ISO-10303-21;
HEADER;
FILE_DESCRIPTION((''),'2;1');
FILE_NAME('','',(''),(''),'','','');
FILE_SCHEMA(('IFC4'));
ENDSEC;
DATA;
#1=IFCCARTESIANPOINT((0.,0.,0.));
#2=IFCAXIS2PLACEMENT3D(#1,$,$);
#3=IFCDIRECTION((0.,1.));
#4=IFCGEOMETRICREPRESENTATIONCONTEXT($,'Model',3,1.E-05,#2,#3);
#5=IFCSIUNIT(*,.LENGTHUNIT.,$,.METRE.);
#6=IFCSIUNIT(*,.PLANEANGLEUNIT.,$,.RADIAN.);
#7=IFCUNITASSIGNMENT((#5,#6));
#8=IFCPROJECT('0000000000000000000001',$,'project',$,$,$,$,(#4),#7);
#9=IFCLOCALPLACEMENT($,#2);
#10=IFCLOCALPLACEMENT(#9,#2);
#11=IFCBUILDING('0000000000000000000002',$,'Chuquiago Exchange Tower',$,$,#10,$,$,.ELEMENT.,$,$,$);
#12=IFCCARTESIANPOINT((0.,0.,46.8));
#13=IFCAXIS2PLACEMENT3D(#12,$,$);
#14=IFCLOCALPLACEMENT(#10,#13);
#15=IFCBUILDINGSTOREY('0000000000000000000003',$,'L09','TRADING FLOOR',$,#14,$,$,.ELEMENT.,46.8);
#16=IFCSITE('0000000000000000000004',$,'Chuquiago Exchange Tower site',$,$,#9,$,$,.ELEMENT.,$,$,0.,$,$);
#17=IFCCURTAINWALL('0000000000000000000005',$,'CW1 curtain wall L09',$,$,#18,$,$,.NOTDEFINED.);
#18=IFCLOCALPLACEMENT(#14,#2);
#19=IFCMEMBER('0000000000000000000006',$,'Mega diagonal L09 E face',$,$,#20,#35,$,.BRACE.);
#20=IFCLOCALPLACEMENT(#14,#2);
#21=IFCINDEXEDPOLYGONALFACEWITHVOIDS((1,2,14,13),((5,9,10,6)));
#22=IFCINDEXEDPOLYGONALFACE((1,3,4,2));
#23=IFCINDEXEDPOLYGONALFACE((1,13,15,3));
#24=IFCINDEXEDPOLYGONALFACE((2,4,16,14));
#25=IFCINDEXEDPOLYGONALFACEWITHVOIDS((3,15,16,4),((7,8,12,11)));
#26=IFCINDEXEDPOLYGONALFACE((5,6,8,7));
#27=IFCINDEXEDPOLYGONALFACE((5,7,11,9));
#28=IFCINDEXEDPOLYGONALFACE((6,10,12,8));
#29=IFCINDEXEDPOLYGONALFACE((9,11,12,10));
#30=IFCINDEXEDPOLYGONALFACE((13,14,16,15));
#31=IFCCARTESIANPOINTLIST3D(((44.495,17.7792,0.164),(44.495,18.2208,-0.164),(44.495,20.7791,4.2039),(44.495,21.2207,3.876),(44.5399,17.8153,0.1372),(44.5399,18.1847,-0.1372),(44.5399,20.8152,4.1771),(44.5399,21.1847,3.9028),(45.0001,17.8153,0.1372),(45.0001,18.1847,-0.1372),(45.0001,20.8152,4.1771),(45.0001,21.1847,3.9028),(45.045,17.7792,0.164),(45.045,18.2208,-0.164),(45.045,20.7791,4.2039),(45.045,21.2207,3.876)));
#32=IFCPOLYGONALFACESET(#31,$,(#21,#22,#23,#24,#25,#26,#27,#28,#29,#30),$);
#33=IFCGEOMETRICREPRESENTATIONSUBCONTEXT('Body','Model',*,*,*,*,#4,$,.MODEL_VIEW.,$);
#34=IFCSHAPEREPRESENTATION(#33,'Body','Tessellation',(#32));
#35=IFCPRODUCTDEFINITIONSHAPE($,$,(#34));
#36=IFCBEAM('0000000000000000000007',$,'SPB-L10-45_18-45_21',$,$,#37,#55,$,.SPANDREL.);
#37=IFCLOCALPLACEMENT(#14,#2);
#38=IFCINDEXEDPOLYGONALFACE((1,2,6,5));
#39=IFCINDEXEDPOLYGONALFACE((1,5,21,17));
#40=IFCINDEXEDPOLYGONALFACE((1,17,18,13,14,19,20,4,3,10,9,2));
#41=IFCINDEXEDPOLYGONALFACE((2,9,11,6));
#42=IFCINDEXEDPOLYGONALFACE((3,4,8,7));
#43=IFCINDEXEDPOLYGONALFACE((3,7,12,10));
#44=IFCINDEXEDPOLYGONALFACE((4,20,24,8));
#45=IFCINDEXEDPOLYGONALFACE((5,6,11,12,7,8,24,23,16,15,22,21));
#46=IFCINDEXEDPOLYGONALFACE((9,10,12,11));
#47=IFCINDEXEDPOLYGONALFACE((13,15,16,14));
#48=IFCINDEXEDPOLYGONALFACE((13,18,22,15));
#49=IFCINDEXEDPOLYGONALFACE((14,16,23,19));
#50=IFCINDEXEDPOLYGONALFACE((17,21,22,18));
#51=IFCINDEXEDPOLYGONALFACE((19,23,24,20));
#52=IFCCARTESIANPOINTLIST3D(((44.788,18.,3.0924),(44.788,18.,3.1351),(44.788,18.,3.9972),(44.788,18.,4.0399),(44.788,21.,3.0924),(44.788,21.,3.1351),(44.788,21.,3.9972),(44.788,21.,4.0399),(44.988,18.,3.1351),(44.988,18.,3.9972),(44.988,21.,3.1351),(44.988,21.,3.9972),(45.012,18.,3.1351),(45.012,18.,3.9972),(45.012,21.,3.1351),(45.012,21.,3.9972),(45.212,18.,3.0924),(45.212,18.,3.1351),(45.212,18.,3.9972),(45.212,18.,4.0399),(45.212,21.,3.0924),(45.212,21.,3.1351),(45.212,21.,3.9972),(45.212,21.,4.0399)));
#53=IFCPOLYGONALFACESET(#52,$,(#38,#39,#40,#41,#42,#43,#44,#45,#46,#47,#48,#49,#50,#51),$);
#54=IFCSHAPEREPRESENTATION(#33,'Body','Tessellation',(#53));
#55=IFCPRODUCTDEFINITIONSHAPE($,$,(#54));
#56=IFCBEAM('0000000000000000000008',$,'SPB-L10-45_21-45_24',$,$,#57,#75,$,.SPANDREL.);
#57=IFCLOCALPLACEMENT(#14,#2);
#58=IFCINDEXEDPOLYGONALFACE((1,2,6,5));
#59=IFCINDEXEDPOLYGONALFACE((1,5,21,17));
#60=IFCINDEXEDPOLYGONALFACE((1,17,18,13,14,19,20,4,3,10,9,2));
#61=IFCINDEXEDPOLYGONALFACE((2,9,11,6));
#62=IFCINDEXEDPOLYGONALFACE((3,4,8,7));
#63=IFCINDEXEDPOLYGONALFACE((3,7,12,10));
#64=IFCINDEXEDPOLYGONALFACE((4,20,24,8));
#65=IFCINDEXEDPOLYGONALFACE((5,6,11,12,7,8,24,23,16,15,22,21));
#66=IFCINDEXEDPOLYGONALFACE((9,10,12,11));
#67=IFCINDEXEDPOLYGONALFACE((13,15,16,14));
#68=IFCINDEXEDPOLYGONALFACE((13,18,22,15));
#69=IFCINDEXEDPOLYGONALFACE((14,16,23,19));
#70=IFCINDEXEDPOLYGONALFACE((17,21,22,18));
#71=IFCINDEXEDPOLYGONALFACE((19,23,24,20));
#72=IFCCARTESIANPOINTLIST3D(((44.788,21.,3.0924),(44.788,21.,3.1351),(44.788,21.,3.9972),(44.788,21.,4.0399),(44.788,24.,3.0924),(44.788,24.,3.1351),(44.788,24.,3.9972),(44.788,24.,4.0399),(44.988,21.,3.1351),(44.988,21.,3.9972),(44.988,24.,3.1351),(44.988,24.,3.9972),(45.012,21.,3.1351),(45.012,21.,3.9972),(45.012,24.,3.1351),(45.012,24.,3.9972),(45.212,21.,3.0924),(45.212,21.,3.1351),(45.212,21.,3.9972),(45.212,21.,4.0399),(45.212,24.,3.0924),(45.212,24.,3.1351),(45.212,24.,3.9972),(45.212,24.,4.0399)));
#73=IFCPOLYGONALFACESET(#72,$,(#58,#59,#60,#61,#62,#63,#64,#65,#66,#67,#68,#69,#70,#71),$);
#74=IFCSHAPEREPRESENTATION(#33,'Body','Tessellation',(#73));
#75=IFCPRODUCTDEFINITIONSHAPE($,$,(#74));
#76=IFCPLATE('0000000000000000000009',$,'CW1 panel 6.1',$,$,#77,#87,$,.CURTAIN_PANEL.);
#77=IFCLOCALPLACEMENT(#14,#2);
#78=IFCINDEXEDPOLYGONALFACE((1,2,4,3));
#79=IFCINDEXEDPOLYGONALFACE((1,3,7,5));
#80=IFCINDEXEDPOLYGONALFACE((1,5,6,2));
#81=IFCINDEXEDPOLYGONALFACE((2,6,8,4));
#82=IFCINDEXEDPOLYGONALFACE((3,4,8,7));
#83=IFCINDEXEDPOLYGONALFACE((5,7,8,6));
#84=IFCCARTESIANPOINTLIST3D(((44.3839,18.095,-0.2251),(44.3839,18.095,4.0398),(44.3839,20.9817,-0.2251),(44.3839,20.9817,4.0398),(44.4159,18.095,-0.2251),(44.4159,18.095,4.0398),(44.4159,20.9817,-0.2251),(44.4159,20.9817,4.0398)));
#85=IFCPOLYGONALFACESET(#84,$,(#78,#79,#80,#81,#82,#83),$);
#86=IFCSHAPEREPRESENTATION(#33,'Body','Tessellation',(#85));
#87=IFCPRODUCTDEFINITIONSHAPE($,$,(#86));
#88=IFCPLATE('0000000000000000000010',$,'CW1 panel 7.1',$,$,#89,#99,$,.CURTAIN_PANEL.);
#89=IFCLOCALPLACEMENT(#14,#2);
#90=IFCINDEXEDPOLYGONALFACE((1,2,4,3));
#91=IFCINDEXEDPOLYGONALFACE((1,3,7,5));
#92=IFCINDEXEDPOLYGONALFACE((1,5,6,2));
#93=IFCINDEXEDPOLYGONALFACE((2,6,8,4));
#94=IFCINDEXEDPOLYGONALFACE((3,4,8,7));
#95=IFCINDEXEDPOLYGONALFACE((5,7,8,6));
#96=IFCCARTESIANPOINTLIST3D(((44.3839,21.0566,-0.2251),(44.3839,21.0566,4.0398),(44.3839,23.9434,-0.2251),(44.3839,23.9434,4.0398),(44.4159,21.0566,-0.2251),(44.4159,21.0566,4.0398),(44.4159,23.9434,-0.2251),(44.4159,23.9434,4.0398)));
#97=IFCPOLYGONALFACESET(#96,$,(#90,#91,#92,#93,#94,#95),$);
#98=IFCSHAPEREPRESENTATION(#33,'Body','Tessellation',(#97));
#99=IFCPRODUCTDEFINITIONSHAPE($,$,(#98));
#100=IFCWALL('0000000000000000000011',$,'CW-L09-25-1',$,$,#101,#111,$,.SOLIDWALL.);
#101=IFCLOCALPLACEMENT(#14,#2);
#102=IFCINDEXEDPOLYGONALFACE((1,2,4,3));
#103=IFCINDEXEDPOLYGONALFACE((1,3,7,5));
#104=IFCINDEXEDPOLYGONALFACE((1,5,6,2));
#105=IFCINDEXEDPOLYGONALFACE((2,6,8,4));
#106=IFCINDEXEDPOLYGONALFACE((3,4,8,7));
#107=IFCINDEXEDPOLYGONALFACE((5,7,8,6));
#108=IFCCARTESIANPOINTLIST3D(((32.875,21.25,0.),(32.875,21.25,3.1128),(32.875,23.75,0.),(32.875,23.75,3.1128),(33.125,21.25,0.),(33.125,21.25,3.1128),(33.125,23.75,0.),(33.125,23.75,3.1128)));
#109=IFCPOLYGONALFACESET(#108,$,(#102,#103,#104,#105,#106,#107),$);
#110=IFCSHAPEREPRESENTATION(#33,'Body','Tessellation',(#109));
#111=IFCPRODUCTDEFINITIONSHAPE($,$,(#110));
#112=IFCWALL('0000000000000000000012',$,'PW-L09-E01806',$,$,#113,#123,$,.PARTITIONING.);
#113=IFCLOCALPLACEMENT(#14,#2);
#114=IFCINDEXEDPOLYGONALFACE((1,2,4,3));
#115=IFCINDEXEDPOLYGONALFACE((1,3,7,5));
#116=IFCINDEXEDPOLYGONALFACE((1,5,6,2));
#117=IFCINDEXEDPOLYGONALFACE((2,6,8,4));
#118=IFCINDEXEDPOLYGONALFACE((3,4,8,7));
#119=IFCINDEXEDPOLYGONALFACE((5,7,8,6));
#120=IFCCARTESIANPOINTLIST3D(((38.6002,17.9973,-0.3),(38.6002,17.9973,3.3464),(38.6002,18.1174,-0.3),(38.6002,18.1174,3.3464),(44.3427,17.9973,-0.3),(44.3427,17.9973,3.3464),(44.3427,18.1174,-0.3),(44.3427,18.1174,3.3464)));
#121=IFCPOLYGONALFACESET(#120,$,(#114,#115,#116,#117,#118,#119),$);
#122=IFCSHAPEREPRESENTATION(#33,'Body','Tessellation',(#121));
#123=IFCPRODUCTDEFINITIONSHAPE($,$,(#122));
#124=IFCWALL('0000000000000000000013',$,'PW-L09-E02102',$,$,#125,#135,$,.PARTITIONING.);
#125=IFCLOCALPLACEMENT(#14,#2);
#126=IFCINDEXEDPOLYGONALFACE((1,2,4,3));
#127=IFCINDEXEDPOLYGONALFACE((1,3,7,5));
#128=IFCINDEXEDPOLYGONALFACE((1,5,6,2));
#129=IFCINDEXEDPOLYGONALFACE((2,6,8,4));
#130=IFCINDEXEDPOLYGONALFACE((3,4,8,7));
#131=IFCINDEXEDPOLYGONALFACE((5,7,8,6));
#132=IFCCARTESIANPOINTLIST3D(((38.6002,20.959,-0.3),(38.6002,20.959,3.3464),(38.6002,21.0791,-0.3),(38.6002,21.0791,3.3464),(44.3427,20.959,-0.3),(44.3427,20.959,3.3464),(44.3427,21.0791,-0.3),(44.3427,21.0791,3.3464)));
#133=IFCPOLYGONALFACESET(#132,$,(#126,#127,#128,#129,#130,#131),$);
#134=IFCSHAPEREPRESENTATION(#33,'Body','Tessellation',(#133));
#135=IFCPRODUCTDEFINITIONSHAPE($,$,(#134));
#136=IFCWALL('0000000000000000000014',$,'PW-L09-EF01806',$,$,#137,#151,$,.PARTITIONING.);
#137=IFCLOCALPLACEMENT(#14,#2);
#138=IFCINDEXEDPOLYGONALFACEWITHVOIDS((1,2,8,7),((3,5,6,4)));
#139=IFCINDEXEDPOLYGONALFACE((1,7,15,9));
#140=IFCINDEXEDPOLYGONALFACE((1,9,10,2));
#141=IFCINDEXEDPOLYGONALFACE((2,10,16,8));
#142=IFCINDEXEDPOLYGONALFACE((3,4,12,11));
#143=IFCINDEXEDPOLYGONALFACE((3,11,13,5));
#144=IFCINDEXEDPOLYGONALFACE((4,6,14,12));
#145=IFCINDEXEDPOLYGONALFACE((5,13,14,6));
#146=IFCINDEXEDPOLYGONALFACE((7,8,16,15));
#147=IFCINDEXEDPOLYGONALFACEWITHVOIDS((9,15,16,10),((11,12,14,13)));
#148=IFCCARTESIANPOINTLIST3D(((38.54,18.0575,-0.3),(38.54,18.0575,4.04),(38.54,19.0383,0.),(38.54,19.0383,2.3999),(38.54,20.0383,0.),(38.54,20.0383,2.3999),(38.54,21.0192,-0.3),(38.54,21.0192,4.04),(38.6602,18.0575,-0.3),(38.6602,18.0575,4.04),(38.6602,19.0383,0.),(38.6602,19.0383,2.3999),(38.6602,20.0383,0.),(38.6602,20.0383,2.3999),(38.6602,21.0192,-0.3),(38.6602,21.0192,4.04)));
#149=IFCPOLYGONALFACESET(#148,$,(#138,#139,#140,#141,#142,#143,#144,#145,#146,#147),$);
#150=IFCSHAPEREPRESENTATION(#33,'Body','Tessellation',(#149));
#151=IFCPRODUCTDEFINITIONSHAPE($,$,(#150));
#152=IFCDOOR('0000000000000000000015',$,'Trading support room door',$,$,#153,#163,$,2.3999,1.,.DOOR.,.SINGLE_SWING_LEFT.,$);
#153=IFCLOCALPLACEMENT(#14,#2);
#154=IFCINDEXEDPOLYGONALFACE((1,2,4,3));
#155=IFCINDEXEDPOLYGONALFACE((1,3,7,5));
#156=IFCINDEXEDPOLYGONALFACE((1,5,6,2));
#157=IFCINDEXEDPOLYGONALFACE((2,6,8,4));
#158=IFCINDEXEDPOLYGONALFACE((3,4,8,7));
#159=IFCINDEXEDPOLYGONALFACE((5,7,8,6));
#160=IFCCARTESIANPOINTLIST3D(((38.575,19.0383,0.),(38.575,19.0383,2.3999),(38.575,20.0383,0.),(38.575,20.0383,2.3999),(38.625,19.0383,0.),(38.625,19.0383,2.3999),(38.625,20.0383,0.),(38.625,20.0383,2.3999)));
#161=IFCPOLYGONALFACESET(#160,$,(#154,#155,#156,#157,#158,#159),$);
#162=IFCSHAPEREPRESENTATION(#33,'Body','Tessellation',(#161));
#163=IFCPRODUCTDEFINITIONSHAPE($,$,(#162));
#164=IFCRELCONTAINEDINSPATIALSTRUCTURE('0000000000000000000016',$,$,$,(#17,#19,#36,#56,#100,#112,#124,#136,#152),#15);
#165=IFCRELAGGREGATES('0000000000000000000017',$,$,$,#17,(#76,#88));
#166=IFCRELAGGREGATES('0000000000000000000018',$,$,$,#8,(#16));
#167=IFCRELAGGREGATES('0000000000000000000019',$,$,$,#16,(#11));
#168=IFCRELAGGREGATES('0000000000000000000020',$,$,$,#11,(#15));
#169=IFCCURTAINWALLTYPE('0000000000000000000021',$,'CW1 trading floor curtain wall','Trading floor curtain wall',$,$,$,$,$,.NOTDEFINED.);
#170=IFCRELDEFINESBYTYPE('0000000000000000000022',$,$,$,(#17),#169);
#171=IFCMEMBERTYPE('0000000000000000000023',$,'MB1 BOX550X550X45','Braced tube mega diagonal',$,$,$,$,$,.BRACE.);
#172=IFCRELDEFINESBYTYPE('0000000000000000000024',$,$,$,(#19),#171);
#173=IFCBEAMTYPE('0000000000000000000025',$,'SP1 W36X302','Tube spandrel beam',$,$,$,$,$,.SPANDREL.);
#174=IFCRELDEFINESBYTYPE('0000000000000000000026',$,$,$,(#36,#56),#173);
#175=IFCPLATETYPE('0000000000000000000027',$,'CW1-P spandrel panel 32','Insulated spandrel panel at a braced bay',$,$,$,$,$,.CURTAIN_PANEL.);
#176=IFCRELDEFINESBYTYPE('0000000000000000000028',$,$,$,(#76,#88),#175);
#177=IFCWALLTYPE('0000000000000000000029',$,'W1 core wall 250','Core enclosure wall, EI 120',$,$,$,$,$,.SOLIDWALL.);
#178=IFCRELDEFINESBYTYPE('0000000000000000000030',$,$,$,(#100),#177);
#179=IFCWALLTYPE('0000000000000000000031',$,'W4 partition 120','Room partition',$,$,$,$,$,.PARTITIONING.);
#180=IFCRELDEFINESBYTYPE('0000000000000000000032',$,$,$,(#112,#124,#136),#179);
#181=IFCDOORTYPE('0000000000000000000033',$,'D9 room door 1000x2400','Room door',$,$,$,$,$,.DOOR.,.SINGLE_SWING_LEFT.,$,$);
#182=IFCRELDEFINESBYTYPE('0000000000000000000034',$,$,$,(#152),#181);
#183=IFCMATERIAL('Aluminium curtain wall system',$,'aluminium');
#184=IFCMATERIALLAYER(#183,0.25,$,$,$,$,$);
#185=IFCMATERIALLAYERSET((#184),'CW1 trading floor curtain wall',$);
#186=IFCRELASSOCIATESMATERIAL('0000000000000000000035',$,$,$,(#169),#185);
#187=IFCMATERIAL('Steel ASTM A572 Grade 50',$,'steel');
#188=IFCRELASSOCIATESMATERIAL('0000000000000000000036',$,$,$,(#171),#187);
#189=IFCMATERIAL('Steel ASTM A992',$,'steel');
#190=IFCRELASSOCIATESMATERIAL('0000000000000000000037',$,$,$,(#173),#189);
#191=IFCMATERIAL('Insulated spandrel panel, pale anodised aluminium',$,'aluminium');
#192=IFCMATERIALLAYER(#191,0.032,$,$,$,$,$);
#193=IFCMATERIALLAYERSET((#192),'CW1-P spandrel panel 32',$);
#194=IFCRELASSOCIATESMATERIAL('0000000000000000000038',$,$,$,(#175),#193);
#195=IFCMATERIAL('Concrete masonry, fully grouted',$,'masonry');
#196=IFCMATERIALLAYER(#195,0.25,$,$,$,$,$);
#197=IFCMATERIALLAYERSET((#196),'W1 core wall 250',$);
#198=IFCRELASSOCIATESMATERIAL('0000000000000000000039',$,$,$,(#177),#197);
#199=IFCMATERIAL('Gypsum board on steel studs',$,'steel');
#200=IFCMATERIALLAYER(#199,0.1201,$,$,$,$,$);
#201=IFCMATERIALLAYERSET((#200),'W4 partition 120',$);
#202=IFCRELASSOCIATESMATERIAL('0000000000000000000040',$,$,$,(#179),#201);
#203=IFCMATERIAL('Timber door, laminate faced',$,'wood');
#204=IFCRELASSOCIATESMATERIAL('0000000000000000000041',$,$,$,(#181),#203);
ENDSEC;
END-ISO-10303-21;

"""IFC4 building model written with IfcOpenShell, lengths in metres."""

from ifc_helpers import new_model, si_unit, direction, frame, frame_2d, origin, origin_2d, place, context, subcontext, project, spatial, rectangle, hollow_rectangle, i_section, extrude, material, layer, layer_set, material_profile, profile_set, type_object, element, fill, aggregate, save


model = new_model("IFC4")

# Units and contexts
model_context = context("Model", 3, precision=1e-05, world=origin(), true_north=direction((0.0, 1.0)))
body_context = subcontext(model_context, "Body", "Model", "MODEL_VIEW")
ifc_project = project(units=[si_unit("LENGTHUNIT", "METRE"), si_unit("PLANEANGLEUNIT", "RADIAN")], contexts=[model_context])

# Site, building, storey
site_placement = place(None, origin())
site = spatial("IfcSite", under=ifc_project, at=site_placement, Name="Chuquiago Exchange Tower site", CompositionType="ELEMENT", RefElevation=0.0)
building_placement = place(site_placement, origin())
building = spatial("IfcBuilding", under=site, at=building_placement, Name="Chuquiago Exchange Tower", CompositionType="ELEMENT")
storey_placement = place(building_placement, frame((0.0, 0.0, 46.8)))
storey = spatial("IfcBuildingStorey", under=building, at=storey_placement, Name="L09", Description="TRADING FLOOR", CompositionType="ELEMENT", Elevation=46.8)

# Curtain wall
ifc_material_1 = material(Name="Aluminium curtain wall system", Category="aluminium")
ifc_layer_1 = layer(ifc_material_1, 0.25)
ifc_layer_set_1 = layer_set([ifc_layer_1], Name="CW1 trading floor curtain wall")
curtain_wall_type = type_object("IfcCurtainWallType", Name="CW1 trading floor curtain wall", Description="Trading floor curtain wall", PredefinedType="NOTDEFINED", material=ifc_layer_set_1)
curtain_wall_placement = place(storey_placement, origin())
curtain_wall = element("IfcCurtainWall", 1, at=curtain_wall_placement, inside=storey, type_object=curtain_wall_type, Name="CW1 curtain wall L09", PredefinedType="NOTDEFINED")

# Member
ifc_material_2 = material(Name="Steel ASTM A572 Grade 50", Category="steel")
ifc_material_profile_1 = material_profile(ifc_material_2, hollow_rectangle(XDim=0.55, YDim=0.55, WallThickness=0.0449, at=origin_2d()), Name="BOX550X550X45")
ifc_profile_set_1 = profile_set([ifc_material_profile_1], Name="Steel ASTM A572 Grade 50")
member_type_1 = type_object("IfcMemberType", Name="MB1 BOX550X550X45", Description="Braced tube mega diagonal", PredefinedType="BRACE", material=ifc_profile_set_1)
member_1_placement = place(storey_placement, frame((44.77, 18.0, 0.0), z_axis=(0.0, 0.596174, 0.802855), x_axis=(-1.0, 0.0, 0.0)))
element("IfcMember", 2, at=member_1_placement, inside=storey, type_object=member_type_1, Name="Mega diagonal L09 E face", PredefinedType="BRACE", context=body_context, shape_type="SweptSolid", body=[
    extrude(hollow_rectangle(XDim=0.55, YDim=0.55, WallThickness=0.0449, at=origin_2d()), origin(), (0.0, 0.0, 1.0), 5.032),
])

# Beams
ifc_material_3 = material(Name="Steel ASTM A992", Category="steel")
ifc_material_profile_2 = material_profile(ifc_material_3, i_section(OverallWidth=0.4241, OverallDepth=0.9475, WebThickness=0.0239, FlangeThickness=0.0427, at=origin_2d()), Name="W36X302")
ifc_profile_set_2 = profile_set([ifc_material_profile_2], Name="Steel ASTM A992")
beam_type_1 = type_object("IfcBeamType", Name="SP1 W36X302", Description="Tube spandrel beam", PredefinedType="SPANDREL", material=ifc_profile_set_2)
for number, where, z_axis, x_axis, name in (
    (3, (45.0, 18.0, 3.5662), (0.0, 1.0, 0.0), (-1.0, 0.0, 0.0), "SPB-L10-45_18-45_21"),
    (4, (45.0, 21.0, 3.5662), (0.0, 1.0, 0.0), (-1.0, 0.0, 0.0), "SPB-L10-45_21-45_24"),
):
    element("IfcBeam", number, at=place(storey_placement, frame(where, z_axis=z_axis, x_axis=x_axis)), inside=storey, type_object=beam_type_1, Name=name, PredefinedType="SPANDREL", context=body_context, shape_type="SweptSolid", body=[
        extrude(i_section(OverallWidth=0.4241, OverallDepth=0.9475, WebThickness=0.0239, FlangeThickness=0.0427, at=origin_2d()), origin(), (0.0, 0.0, 1.0), 3.0),
    ])

# Plates
ifc_material_4 = material(Name="Insulated spandrel panel, pale anodised aluminium", Category="aluminium")
ifc_layer_2 = layer(ifc_material_4, 0.032)
ifc_layer_set_2 = layer_set([ifc_layer_2], Name="CW1-P spandrel panel 32")
plate_type = type_object("IfcPlateType", Name="CW1-P spandrel panel 32", Description="Insulated spandrel panel at a braced bay", PredefinedType="CURTAIN_PANEL", material=ifc_layer_set_2)
plate_1_placement = place(storey_placement, frame((44.3999, 19.5383, -0.2251), z_axis=(0.0, 0.0, 1.0), x_axis=(0.0, 1.0, 0.0)))
plate_1 = element("IfcPlate", 5, at=plate_1_placement, type_object=plate_type, Name="CW1 panel 6.1", PredefinedType="CURTAIN_PANEL", context=body_context, shape_type="SweptSolid", body=[
    extrude(rectangle(XDim=2.8867, YDim=0.032, at=origin_2d()), origin(), (0.0, 0.0, 1.0), 4.2649),
])
plate_2_placement = place(storey_placement, frame((44.3999, 22.5, -0.2251), z_axis=(0.0, 0.0, 1.0), x_axis=(0.0, 1.0, 0.0)))
plate_2 = element("IfcPlate", 6, at=plate_2_placement, type_object=plate_type, Name="CW1 panel 7.1", PredefinedType="CURTAIN_PANEL", context=body_context, shape_type="SweptSolid", body=[
    extrude(rectangle(XDim=2.8867, YDim=0.032, at=origin_2d()), origin(), (0.0, 0.0, 1.0), 4.2649),
])
aggregate(curtain_wall, [plate_1, plate_2])

# Walls
ifc_material_5 = material(Name="Concrete masonry, fully grouted", Category="masonry")
ifc_layer_3 = layer(ifc_material_5, 0.25)
ifc_layer_set_3 = layer_set([ifc_layer_3], Name="W1 core wall 250")
wall_type_1 = type_object("IfcWallType", Name="W1 core wall 250", Description="Core enclosure wall, EI 120", PredefinedType="SOLIDWALL", material=ifc_layer_set_3)
wall_1_placement = place(storey_placement, frame((33.0, 21.25, 0.0), z_axis=(0.0, 0.0, 1.0), x_axis=(0.0, 1.0, 0.0)))
element("IfcWall", 7, at=wall_1_placement, inside=storey, type_object=wall_type_1, Name="CW-L09-25-1", PredefinedType="SOLIDWALL", context=body_context, shape_type="SweptSolid", body=[
    extrude(rectangle(XDim=2.5, YDim=0.25, at=frame_2d((1.25, 0.0))), origin(), (0.0, 0.0, 1.0), 3.1128),
])
ifc_material_6 = material(Name="Gypsum board on steel studs", Category="steel")
ifc_layer_4 = layer(ifc_material_6, 0.1201)
ifc_layer_set_4 = layer_set([ifc_layer_4], Name="W4 partition 120")
wall_type_2 = type_object("IfcWallType", Name="W4 partition 120", Description="Room partition", PredefinedType="PARTITIONING", material=ifc_layer_set_4)
for number, where, z_axis, x_axis, name in (
    (8, (44.3425, 18.0574, -0.3), (0.0, 0.0, 1.0), (-1.0, 0.0, 0.0), "PW-L09-E01806"),
    (9, (44.3425, 21.019, -0.3), (0.0, 0.0, 1.0), (-1.0, 0.0, 0.0), "PW-L09-E02102"),
):
    element("IfcWall", number, at=place(storey_placement, frame(where, z_axis=z_axis, x_axis=x_axis)), inside=storey, type_object=wall_type_2, Name=name, PredefinedType="PARTITIONING", context=body_context, shape_type="SweptSolid", body=[
        extrude(rectangle(XDim=5.7424, YDim=0.1201, at=frame_2d((2.8711, 0.0))), origin(), (0.0, 0.0, 1.0), 3.6465),
    ])

# Wall, opening, door
wall_2_placement = place(storey_placement, frame((38.6001, 18.0574, -0.3), z_axis=(0.0, 0.0, 1.0), x_axis=(0.0, 1.0, 0.0)))
wall_2 = element("IfcWall", 10, at=wall_2_placement, inside=storey, type_object=wall_type_2, Name="PW-L09-EF01806", PredefinedType="PARTITIONING", context=body_context, shape_type="SweptSolid", body=[
    extrude(rectangle(XDim=2.9617, YDim=0.1201, at=frame_2d((1.481, 0.0))), origin(), (0.0, 0.0, 1.0), 4.3401),
])
opening_1_placement = place(wall_2_placement, frame((0.981, 0.0, 0.3)))
opening_1 = element("IfcOpeningElement", 11, at=opening_1_placement, cuts=wall_2, PredefinedType="OPENING", context=body_context, shape_type="SweptSolid", body=[
    extrude(rectangle(XDim=1.0, YDim=2.3999, at=frame_2d((0.5, 1.2))), frame((0.0, 0.0701, 0.0), z_axis=(0.0, -1.0, 0.0), x_axis=(1.0, 0.0, 0.0)), (0.0, 0.0, 1.0), 0.1401),
])
ifc_material_7 = material(Name="Timber door, laminate faced", Category="wood")
door_type = type_object("IfcDoorType", Name="D9 room door 1000x2400", Description="Room door", OperationType="SINGLE_SWING_LEFT", PredefinedType="DOOR", material=ifc_material_7)
door_1_placement = place(opening_1_placement, frame((1.0, 0.0, 0.0), z_axis=(0.0, 0.0, 1.0), x_axis=(-1.0, 0.0, 0.0)))
door_1 = element("IfcDoor", 12, at=door_1_placement, inside=storey, type_object=door_type, Name="Trading support room door", OperationType="SINGLE_SWING_LEFT", OverallHeight=2.3999, OverallWidth=1.0, PredefinedType="DOOR", context=body_context, shape_type="SweptSolid", body=[
    extrude(rectangle(XDim=1.0, YDim=2.3999, at=frame_2d((0.5, 1.2))), frame((0.0, 0.0249, 0.0), z_axis=(0.0, -1.0, 0.0), x_axis=(1.0, 0.0, 0.0)), (0.0, 0.0, 1.0), 0.05),
])
fill(opening_1, door_1)

save(model, "model.ifc")
